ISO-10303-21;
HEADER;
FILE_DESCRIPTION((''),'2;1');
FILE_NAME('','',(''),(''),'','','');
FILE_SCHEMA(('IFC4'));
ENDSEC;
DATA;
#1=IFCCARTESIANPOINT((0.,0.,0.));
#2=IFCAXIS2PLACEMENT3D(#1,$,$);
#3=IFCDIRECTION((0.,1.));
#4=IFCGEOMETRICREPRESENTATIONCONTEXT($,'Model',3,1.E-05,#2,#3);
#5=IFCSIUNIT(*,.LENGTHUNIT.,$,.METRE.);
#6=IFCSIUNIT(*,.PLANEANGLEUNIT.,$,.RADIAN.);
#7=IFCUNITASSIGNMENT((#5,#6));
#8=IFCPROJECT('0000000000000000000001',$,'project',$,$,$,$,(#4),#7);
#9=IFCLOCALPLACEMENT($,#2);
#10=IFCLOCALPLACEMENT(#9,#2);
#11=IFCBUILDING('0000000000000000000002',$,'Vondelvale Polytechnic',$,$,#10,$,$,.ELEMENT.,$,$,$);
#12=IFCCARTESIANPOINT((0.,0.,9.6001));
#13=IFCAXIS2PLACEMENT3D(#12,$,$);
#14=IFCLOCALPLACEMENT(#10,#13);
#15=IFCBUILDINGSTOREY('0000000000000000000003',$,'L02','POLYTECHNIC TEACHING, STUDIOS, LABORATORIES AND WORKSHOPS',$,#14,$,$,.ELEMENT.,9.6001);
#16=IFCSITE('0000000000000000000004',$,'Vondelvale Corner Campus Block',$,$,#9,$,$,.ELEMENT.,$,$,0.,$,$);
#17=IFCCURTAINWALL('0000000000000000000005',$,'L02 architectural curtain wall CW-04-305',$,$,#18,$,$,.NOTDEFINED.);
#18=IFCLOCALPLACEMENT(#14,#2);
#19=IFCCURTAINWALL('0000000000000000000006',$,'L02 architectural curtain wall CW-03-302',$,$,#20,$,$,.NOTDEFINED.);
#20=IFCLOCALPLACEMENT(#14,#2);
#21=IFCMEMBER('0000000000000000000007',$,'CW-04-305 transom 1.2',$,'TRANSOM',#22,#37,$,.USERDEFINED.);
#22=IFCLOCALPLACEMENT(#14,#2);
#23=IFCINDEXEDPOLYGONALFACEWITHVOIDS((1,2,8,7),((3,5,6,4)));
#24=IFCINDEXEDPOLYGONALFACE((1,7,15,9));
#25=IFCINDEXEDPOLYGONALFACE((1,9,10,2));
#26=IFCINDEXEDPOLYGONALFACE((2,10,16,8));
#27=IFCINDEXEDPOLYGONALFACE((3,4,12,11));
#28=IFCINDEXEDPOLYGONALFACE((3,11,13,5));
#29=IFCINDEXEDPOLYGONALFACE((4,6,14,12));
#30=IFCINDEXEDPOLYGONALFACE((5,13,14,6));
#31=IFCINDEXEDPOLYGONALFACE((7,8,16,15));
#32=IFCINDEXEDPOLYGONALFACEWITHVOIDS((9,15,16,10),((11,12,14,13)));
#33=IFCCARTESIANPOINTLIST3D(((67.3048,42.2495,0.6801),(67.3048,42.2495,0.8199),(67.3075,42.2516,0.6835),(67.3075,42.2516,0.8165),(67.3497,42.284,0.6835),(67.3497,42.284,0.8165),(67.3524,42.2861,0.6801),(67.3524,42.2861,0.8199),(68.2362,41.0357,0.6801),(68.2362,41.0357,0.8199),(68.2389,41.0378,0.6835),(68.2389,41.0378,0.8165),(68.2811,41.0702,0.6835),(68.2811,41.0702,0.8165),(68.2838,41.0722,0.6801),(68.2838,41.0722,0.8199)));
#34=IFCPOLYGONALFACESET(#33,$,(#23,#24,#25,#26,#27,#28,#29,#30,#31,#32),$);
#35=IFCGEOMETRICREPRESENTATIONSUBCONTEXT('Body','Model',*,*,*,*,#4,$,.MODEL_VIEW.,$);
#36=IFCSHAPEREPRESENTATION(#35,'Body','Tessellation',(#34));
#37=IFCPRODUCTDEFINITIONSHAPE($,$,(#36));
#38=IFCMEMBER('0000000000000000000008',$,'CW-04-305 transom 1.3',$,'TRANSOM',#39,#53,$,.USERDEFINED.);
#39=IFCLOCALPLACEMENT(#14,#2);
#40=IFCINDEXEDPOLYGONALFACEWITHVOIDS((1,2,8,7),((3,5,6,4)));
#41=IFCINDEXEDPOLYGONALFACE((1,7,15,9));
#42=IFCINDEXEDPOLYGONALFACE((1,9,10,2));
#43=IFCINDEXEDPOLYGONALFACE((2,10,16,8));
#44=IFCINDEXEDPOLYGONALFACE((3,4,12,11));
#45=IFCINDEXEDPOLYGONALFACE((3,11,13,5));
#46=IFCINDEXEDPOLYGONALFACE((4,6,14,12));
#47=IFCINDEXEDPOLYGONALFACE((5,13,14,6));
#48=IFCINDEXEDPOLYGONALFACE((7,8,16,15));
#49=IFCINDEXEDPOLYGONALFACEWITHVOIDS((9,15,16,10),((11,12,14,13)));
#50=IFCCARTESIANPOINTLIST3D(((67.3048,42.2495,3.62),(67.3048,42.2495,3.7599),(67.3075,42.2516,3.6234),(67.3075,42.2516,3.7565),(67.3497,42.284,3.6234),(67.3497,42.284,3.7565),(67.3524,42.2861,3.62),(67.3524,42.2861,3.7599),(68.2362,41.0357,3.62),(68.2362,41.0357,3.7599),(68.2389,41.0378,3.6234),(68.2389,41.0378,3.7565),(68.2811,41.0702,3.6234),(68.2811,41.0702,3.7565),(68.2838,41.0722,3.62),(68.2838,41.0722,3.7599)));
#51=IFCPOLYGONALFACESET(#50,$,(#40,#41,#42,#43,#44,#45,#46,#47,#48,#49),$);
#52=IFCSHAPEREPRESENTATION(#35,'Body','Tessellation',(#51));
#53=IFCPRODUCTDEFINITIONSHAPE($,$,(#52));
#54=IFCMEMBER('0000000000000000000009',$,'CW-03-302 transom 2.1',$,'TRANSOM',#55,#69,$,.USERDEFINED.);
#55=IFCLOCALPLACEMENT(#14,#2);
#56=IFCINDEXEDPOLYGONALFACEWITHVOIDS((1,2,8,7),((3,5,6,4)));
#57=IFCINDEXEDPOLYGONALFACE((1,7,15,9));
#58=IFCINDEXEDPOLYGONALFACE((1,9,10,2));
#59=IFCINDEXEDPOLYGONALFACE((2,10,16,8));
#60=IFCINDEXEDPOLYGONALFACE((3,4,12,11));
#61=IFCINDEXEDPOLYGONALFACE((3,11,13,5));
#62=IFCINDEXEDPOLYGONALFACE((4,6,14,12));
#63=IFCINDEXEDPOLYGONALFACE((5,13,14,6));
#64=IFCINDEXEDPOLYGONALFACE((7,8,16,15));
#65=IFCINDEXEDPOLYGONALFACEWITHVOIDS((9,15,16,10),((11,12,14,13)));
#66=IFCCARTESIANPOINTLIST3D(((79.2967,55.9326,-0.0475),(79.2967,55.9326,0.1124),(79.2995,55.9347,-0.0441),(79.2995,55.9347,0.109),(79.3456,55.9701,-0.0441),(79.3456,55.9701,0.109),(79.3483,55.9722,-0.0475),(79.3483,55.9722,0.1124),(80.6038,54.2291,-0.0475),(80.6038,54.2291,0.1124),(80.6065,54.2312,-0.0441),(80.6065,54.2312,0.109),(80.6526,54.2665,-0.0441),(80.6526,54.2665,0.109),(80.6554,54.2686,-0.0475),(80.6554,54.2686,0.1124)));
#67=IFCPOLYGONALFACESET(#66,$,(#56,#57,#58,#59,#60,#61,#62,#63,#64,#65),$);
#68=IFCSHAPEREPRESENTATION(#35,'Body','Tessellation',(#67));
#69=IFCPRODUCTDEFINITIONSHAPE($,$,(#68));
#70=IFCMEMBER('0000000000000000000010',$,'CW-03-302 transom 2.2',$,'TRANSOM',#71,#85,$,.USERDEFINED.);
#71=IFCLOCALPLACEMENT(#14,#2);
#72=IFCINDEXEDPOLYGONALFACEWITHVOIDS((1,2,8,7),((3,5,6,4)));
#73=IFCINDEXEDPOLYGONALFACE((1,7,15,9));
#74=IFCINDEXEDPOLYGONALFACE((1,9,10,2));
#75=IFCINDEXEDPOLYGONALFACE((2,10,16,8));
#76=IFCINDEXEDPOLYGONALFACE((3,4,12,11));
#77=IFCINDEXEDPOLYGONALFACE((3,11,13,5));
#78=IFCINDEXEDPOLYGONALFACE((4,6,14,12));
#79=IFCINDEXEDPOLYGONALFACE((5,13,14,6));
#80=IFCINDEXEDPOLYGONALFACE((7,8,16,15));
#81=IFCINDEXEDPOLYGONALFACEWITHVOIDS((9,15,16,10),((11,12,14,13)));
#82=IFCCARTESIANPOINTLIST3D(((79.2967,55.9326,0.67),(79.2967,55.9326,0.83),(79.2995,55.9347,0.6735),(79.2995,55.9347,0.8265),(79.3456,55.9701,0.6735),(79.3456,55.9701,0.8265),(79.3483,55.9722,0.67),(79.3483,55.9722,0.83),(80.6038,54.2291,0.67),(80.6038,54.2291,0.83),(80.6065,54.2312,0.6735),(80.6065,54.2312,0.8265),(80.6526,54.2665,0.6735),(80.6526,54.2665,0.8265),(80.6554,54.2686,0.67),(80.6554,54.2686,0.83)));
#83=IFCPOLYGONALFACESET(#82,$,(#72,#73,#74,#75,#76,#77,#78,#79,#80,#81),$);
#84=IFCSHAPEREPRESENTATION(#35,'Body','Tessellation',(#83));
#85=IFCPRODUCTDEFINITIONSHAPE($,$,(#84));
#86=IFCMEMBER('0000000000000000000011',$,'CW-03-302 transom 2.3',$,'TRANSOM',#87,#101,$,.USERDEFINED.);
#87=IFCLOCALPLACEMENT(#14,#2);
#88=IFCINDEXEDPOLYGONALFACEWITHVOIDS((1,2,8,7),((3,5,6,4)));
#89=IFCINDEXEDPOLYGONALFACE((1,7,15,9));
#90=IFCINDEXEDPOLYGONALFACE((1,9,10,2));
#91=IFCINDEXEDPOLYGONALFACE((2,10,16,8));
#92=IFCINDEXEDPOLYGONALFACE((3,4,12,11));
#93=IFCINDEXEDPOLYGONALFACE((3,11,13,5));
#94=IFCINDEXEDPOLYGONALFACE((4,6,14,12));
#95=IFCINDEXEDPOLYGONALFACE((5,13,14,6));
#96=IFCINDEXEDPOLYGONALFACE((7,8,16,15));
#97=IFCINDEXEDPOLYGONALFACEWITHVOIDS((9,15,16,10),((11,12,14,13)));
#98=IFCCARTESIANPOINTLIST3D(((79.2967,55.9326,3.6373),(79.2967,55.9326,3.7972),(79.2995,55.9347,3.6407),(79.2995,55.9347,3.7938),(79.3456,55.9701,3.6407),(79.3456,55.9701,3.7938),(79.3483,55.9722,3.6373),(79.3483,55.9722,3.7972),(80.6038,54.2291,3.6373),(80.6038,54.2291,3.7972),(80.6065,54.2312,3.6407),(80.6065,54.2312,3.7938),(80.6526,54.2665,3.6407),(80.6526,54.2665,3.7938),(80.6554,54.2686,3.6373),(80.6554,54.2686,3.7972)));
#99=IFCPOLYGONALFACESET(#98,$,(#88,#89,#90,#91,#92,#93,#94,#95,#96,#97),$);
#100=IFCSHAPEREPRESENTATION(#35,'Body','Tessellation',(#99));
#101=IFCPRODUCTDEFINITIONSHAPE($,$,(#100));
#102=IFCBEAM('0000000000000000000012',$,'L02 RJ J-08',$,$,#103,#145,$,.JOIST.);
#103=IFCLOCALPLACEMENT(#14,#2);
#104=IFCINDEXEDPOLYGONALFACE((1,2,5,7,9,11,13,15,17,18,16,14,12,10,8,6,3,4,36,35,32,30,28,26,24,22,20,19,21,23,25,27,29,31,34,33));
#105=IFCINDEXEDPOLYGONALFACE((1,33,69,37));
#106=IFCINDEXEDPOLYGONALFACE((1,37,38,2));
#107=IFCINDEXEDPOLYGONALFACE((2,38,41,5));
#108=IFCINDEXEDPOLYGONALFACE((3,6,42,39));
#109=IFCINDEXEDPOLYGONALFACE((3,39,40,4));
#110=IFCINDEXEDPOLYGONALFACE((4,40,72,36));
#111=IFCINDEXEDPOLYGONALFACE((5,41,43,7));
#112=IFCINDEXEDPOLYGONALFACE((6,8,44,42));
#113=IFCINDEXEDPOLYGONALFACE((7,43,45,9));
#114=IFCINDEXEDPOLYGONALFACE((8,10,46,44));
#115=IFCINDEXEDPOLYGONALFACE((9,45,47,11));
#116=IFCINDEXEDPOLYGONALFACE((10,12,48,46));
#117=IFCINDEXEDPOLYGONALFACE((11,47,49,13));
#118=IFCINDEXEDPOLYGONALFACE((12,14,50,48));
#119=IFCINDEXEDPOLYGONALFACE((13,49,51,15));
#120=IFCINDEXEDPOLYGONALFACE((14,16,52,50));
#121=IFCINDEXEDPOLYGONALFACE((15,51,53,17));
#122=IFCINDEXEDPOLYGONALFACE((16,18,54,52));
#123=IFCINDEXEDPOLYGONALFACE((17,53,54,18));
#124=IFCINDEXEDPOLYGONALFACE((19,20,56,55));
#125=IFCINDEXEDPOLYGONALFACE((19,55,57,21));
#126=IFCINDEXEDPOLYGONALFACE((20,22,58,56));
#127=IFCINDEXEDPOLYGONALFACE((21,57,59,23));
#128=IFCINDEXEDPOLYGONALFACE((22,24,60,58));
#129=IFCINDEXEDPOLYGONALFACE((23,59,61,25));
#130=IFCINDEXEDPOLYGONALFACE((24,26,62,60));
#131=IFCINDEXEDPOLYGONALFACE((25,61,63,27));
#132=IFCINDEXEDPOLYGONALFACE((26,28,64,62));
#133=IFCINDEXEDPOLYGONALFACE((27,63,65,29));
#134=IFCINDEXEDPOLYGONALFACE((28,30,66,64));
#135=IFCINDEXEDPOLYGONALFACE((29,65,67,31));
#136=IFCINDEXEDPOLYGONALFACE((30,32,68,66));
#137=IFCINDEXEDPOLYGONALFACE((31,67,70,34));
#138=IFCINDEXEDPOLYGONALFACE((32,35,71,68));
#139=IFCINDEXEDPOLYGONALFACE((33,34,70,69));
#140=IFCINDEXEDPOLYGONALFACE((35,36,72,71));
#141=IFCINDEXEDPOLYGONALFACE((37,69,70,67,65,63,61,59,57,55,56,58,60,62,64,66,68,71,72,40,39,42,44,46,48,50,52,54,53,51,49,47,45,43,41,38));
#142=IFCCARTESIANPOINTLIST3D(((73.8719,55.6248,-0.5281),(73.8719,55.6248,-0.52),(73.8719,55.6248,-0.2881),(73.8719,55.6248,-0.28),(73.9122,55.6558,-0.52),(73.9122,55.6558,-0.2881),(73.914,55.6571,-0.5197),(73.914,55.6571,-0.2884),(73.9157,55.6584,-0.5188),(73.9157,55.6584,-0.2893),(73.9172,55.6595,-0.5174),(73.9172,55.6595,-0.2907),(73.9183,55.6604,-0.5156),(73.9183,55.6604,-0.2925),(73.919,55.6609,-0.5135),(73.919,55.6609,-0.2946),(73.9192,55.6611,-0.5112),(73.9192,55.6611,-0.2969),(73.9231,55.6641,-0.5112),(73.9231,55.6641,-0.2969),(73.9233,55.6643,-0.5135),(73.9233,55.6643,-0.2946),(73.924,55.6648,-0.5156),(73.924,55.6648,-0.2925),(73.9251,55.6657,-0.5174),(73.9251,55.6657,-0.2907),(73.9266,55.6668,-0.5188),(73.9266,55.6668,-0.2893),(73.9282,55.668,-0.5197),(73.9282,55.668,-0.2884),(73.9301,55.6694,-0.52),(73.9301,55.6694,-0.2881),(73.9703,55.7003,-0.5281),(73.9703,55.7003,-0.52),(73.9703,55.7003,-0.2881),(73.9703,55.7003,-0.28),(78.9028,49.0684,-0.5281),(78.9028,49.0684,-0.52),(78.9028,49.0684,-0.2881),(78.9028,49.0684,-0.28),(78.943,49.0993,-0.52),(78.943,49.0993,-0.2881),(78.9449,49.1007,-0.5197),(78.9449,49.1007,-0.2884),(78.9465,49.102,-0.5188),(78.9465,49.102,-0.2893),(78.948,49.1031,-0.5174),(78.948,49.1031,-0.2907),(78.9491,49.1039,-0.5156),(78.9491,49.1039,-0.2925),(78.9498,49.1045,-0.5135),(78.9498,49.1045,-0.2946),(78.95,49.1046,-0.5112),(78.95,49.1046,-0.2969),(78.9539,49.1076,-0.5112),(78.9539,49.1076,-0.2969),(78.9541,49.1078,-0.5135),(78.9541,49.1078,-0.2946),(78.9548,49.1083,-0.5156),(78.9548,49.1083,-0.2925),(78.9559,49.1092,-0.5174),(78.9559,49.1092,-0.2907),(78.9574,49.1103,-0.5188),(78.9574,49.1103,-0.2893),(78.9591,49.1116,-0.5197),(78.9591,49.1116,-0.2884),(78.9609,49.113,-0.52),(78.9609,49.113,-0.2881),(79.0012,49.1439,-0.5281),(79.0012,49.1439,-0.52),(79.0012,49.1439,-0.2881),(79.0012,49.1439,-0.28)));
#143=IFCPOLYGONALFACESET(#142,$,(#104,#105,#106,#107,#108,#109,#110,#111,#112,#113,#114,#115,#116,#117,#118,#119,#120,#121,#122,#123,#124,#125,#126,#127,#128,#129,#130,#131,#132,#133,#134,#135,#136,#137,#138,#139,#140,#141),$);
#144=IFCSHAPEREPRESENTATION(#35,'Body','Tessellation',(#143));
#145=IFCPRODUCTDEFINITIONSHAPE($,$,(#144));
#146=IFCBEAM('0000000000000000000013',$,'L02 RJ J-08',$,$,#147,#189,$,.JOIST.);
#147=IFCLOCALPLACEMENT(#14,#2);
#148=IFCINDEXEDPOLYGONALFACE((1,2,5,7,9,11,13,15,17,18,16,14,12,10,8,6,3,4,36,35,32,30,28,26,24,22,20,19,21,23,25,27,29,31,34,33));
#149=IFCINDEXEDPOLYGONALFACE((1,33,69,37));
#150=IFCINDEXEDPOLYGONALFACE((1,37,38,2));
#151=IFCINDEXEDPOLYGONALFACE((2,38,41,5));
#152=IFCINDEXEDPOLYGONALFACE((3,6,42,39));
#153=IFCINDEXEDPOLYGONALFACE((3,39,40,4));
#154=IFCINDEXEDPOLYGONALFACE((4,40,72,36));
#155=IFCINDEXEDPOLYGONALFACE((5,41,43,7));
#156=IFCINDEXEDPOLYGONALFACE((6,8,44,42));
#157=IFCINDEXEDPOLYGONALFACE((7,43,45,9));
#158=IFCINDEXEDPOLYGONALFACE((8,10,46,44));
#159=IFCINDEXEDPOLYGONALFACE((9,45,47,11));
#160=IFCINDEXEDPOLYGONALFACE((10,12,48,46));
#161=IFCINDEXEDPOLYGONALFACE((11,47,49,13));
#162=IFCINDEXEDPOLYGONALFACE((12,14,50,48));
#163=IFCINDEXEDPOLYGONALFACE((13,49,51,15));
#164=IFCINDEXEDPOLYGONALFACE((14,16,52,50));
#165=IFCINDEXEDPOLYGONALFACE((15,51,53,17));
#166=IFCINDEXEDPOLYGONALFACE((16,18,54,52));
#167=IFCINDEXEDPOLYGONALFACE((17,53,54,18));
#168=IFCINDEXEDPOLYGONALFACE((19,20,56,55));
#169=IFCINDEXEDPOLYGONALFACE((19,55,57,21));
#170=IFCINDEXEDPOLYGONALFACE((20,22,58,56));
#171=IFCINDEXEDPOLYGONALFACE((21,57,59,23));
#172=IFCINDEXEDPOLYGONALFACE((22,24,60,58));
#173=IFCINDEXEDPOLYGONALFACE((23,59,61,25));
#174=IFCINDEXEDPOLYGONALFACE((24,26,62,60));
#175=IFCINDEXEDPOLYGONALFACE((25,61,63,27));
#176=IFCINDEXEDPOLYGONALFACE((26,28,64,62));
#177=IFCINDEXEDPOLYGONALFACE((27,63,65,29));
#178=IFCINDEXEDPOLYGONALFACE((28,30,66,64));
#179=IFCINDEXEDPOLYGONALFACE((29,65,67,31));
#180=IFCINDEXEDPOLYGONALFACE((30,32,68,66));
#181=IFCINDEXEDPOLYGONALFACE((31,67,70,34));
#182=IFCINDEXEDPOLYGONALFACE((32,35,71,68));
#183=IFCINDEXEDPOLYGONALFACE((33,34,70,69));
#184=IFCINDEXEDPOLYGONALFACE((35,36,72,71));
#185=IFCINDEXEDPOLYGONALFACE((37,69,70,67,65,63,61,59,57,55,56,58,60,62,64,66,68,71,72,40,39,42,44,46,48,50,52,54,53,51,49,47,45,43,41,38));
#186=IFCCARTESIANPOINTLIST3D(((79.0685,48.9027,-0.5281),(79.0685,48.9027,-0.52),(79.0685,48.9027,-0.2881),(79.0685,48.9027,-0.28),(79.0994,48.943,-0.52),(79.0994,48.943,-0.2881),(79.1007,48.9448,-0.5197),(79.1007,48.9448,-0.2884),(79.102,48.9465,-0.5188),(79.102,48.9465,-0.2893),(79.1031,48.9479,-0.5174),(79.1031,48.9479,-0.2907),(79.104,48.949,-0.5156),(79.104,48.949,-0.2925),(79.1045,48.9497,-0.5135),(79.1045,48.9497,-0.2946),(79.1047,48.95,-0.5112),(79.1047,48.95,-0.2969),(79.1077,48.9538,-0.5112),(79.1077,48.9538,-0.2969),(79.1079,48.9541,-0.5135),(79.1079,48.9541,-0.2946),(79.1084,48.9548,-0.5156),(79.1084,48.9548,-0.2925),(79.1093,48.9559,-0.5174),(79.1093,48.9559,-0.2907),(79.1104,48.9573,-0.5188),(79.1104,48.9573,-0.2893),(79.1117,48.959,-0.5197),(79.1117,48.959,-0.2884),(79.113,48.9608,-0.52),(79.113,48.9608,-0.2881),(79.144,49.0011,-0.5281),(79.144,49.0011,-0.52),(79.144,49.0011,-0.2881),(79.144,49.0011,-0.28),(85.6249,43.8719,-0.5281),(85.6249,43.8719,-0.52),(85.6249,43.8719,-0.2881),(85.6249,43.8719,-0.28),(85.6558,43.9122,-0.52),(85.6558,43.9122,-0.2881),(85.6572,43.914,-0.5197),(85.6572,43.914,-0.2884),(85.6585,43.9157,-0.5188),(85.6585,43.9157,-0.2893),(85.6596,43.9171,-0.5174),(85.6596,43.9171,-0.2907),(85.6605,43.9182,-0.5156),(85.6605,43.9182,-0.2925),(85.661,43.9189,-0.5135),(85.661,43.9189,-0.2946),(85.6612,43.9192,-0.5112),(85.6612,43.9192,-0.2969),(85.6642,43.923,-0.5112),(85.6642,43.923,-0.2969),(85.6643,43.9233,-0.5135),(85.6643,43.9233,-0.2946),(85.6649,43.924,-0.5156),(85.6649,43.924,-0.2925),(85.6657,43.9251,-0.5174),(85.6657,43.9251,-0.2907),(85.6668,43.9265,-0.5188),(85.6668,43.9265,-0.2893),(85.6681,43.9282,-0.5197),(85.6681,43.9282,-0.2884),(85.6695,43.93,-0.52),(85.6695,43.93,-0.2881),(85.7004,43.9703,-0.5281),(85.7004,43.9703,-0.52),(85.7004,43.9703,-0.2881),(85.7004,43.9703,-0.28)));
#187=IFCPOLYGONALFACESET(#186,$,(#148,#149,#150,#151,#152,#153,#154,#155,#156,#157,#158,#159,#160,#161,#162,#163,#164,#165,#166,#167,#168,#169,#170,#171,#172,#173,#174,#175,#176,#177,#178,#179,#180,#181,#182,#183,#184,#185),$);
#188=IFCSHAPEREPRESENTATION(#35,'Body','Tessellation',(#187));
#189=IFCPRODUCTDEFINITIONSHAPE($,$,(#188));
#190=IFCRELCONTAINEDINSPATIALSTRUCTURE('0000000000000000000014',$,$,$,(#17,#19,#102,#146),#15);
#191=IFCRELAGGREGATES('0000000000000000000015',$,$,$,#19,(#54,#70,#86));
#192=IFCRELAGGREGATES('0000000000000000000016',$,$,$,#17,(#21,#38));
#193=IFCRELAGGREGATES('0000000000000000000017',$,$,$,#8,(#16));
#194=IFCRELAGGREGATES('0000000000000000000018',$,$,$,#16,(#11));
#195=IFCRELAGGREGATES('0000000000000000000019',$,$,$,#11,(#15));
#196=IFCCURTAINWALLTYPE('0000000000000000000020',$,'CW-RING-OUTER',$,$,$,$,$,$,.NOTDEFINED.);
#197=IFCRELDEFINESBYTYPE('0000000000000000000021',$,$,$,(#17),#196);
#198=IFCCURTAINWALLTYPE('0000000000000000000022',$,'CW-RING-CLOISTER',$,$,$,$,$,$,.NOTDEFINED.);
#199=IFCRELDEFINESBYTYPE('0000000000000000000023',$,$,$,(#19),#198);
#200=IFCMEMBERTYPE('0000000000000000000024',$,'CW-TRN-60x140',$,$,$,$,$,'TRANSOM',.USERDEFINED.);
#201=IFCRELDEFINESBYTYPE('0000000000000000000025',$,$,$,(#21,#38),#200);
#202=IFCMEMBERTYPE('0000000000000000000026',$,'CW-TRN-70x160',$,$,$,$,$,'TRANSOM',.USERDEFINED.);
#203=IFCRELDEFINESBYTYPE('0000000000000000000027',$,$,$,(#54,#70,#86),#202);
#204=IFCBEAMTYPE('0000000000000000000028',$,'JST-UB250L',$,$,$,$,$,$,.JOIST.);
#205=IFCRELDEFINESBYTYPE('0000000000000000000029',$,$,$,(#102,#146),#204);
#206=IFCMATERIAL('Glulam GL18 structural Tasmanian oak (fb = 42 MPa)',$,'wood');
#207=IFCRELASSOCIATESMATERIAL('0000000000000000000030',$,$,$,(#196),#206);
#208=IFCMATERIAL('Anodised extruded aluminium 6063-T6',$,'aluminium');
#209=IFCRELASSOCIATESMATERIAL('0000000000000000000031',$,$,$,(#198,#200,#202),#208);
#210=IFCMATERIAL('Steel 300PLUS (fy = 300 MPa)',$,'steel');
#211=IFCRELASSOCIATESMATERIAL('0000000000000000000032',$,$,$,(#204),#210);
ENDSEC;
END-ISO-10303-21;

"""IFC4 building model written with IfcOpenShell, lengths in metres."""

from ifc_helpers import new_model, si_unit, direction, frame, origin, origin_2d, place, context, subcontext, project, spatial, hollow_rectangle, i_section, extrude, material, material_profile, profile_set, type_object, element, aggregate, save


model = new_model("IFC4")

# Units and contexts
model_context = context("Model", 3, precision=1e-05, world=origin(), true_north=direction((0.0, 1.0)))
body_context = subcontext(model_context, "Body", "Model", "MODEL_VIEW")
ifc_project = project(units=[si_unit("LENGTHUNIT", "METRE"), si_unit("PLANEANGLEUNIT", "RADIAN")], contexts=[model_context])

# Site, building, storey
site_placement = place(None, origin())
site = spatial("IfcSite", under=ifc_project, at=site_placement, Name="Vondelvale Corner Campus Block", CompositionType="ELEMENT", RefElevation=0.0)
building_placement = place(site_placement, origin())
building = spatial("IfcBuilding", under=site, at=building_placement, Name="Vondelvale Polytechnic", CompositionType="ELEMENT")
storey_placement = place(building_placement, frame((0.0, 0.0, 9.6001)))
storey = spatial("IfcBuildingStorey", under=building, at=storey_placement, Name="L02", Description="POLYTECHNIC TEACHING, STUDIOS, LABORATORIES AND WORKSHOPS", CompositionType="ELEMENT", Elevation=9.6001)

# Shared definitions
ifc_material_1 = material(Name="Steel 300PLUS (fy = 300 MPa)", Category="steel")

# Curtain walls
ifc_material_2 = material(Name="Glulam GL18 structural Tasmanian oak (fb = 42 MPa)", Category="wood")
curtain_wall_type_1 = type_object("IfcCurtainWallType", Name="CW-RING-OUTER", PredefinedType="NOTDEFINED", material=ifc_material_2)
curtain_wall_1_placement = place(storey_placement, origin())
curtain_wall_1 = element("IfcCurtainWall", 1, at=curtain_wall_1_placement, inside=storey, type_object=curtain_wall_type_1, Name="L02 architectural curtain wall CW-04-305", PredefinedType="NOTDEFINED")
ifc_material_3 = material(Name="Anodised extruded aluminium 6063-T6", Category="aluminium")
curtain_wall_type_2 = type_object("IfcCurtainWallType", Name="CW-RING-CLOISTER", PredefinedType="NOTDEFINED", material=ifc_material_3)
curtain_wall_2_placement = place(storey_placement, origin())
curtain_wall_2 = element("IfcCurtainWall", 2, at=curtain_wall_2_placement, inside=storey, type_object=curtain_wall_type_2, Name="L02 architectural curtain wall CW-03-302", PredefinedType="NOTDEFINED")

# Members
ifc_material_profile_1 = material_profile(ifc_material_3, hollow_rectangle(XDim=0.0601, YDim=0.1399, WallThickness=0.0034, at=origin_2d()), Name="CW-TRN-140x60")
ifc_profile_set_1 = profile_set([ifc_material_profile_1], Name="Anodised extruded aluminium 6063-T6")
member_type_1 = type_object("IfcMemberType", Name="CW-TRN-60x140", ElementType="TRANSOM", PredefinedType="USERDEFINED", material=ifc_profile_set_1)
member_1_placement = place(storey_placement, frame((67.3286, 42.2678, 0.75), z_axis=(0.608746, -0.793365, 0.0), x_axis=(0.793365, 0.608746, 0.0)))
member_1 = element("IfcMember", 3, at=member_1_placement, type_object=member_type_1, Name="CW-04-305 transom 1.2", ObjectType="TRANSOM", PredefinedType="USERDEFINED", context=body_context, shape_type="SweptSolid", body=[
    extrude(hollow_rectangle(XDim=0.0601, YDim=0.1399, WallThickness=0.0034, at=origin_2d()), origin(), (0.0, 0.0, 1.0), 1.53),
])
member_2_placement = place(storey_placement, frame((67.3286, 42.2678, 3.6899), z_axis=(0.608746, -0.793365, 0.0), x_axis=(0.793365, 0.608746, 0.0)))
member_2 = element("IfcMember", 4, at=member_2_placement, type_object=member_type_1, Name="CW-04-305 transom 1.3", ObjectType="TRANSOM", PredefinedType="USERDEFINED", context=body_context, shape_type="SweptSolid", body=[
    extrude(hollow_rectangle(XDim=0.0601, YDim=0.1399, WallThickness=0.0034, at=origin_2d()), origin(), (0.0, 0.0, 1.0), 1.53),
])
ifc_material_profile_2 = material_profile(ifc_material_3, hollow_rectangle(XDim=0.0649, YDim=0.1599, WallThickness=0.0034, at=origin_2d()), Name="CW-TRN-160x65")
ifc_profile_set_2 = profile_set([ifc_material_profile_2], Name="Anodised extruded aluminium 6063-T6")
member_type_2 = type_object("IfcMemberType", Name="CW-TRN-70x160", ElementType="TRANSOM", PredefinedType="USERDEFINED", material=ifc_profile_set_2)
member_3_placement = place(storey_placement, frame((79.3225, 55.9524, 0.0325), z_axis=(0.608732, -0.793376, 0.0), x_axis=(0.793376, 0.608732, 0.0)))
member_3 = element("IfcMember", 5, at=member_3_placement, type_object=member_type_2, Name="CW-03-302 transom 2.1", ObjectType="TRANSOM", PredefinedType="USERDEFINED", context=body_context, shape_type="SweptSolid", body=[
    extrude(hollow_rectangle(XDim=0.0649, YDim=0.1599, WallThickness=0.0034, at=origin_2d()), origin(), (0.0, 0.0, 1.0), 2.1472),
])
member_4_placement = place(storey_placement, frame((79.3225, 55.9524, 0.75), z_axis=(0.608732, -0.793376, 0.0), x_axis=(0.793376, 0.608732, 0.0)))
member_4 = element("IfcMember", 6, at=member_4_placement, type_object=member_type_2, Name="CW-03-302 transom 2.2", ObjectType="TRANSOM", PredefinedType="USERDEFINED", context=body_context, shape_type="SweptSolid", body=[
    extrude(hollow_rectangle(XDim=0.0649, YDim=0.1599, WallThickness=0.0034, at=origin_2d()), origin(), (0.0, 0.0, 1.0), 2.1472),
])
member_5_placement = place(storey_placement, frame((79.3225, 55.9524, 3.7173), z_axis=(0.608732, -0.793376, 0.0), x_axis=(0.793376, 0.608732, 0.0)))
member_5 = element("IfcMember", 7, at=member_5_placement, type_object=member_type_2, Name="CW-03-302 transom 2.3", ObjectType="TRANSOM", PredefinedType="USERDEFINED", context=body_context, shape_type="SweptSolid", body=[
    extrude(hollow_rectangle(XDim=0.0649, YDim=0.1599, WallThickness=0.0034, at=origin_2d()), origin(), (0.0, 0.0, 1.0), 2.1472),
])

# Beams
ifc_material_profile_3 = material_profile(ifc_material_1, i_section(OverallWidth=0.124, OverallDepth=0.248, WebThickness=0.0049, FlangeThickness=0.0081, FilletRadius=0.0088, at=origin_2d()), Name="250UB25.7")
ifc_profile_set_3 = profile_set([ifc_material_profile_3], Name="Steel 300PLUS (fy = 300 MPa)")
beam_type_1 = type_object("IfcBeamType", Name="JST-UB250L", PredefinedType="JOIST", material=ifc_profile_set_3)
for number, where, z_axis, x_axis, name in (
    (8, (73.9211, 55.6626, -0.4041), (0.608751, -0.793361, 0.0), (0.793361, 0.608751, 0.0), "L02 RJ J-08"),
    (9, (79.1062, 48.9519, -0.4041), (0.793361, -0.608751, 0.0), (0.608751, 0.793361, 0.0), "L02 RJ J-08"),
):
    element("IfcBeam", number, at=place(storey_placement, frame(where, z_axis=z_axis, x_axis=x_axis)), inside=storey, type_object=beam_type_1, Name=name, PredefinedType="JOIST", context=body_context, shape_type="SweptSolid", body=[
        extrude(i_section(OverallWidth=0.124, OverallDepth=0.248, WebThickness=0.0049, FlangeThickness=0.0081, FilletRadius=0.0088, at=origin_2d()), origin(), (0.0, 0.0, 1.0), 8.2642),
    ])

aggregate(curtain_wall_2, [member_3, member_4, member_5])
aggregate(curtain_wall_1, [member_1, member_2])

save(model, "model.ifc")
